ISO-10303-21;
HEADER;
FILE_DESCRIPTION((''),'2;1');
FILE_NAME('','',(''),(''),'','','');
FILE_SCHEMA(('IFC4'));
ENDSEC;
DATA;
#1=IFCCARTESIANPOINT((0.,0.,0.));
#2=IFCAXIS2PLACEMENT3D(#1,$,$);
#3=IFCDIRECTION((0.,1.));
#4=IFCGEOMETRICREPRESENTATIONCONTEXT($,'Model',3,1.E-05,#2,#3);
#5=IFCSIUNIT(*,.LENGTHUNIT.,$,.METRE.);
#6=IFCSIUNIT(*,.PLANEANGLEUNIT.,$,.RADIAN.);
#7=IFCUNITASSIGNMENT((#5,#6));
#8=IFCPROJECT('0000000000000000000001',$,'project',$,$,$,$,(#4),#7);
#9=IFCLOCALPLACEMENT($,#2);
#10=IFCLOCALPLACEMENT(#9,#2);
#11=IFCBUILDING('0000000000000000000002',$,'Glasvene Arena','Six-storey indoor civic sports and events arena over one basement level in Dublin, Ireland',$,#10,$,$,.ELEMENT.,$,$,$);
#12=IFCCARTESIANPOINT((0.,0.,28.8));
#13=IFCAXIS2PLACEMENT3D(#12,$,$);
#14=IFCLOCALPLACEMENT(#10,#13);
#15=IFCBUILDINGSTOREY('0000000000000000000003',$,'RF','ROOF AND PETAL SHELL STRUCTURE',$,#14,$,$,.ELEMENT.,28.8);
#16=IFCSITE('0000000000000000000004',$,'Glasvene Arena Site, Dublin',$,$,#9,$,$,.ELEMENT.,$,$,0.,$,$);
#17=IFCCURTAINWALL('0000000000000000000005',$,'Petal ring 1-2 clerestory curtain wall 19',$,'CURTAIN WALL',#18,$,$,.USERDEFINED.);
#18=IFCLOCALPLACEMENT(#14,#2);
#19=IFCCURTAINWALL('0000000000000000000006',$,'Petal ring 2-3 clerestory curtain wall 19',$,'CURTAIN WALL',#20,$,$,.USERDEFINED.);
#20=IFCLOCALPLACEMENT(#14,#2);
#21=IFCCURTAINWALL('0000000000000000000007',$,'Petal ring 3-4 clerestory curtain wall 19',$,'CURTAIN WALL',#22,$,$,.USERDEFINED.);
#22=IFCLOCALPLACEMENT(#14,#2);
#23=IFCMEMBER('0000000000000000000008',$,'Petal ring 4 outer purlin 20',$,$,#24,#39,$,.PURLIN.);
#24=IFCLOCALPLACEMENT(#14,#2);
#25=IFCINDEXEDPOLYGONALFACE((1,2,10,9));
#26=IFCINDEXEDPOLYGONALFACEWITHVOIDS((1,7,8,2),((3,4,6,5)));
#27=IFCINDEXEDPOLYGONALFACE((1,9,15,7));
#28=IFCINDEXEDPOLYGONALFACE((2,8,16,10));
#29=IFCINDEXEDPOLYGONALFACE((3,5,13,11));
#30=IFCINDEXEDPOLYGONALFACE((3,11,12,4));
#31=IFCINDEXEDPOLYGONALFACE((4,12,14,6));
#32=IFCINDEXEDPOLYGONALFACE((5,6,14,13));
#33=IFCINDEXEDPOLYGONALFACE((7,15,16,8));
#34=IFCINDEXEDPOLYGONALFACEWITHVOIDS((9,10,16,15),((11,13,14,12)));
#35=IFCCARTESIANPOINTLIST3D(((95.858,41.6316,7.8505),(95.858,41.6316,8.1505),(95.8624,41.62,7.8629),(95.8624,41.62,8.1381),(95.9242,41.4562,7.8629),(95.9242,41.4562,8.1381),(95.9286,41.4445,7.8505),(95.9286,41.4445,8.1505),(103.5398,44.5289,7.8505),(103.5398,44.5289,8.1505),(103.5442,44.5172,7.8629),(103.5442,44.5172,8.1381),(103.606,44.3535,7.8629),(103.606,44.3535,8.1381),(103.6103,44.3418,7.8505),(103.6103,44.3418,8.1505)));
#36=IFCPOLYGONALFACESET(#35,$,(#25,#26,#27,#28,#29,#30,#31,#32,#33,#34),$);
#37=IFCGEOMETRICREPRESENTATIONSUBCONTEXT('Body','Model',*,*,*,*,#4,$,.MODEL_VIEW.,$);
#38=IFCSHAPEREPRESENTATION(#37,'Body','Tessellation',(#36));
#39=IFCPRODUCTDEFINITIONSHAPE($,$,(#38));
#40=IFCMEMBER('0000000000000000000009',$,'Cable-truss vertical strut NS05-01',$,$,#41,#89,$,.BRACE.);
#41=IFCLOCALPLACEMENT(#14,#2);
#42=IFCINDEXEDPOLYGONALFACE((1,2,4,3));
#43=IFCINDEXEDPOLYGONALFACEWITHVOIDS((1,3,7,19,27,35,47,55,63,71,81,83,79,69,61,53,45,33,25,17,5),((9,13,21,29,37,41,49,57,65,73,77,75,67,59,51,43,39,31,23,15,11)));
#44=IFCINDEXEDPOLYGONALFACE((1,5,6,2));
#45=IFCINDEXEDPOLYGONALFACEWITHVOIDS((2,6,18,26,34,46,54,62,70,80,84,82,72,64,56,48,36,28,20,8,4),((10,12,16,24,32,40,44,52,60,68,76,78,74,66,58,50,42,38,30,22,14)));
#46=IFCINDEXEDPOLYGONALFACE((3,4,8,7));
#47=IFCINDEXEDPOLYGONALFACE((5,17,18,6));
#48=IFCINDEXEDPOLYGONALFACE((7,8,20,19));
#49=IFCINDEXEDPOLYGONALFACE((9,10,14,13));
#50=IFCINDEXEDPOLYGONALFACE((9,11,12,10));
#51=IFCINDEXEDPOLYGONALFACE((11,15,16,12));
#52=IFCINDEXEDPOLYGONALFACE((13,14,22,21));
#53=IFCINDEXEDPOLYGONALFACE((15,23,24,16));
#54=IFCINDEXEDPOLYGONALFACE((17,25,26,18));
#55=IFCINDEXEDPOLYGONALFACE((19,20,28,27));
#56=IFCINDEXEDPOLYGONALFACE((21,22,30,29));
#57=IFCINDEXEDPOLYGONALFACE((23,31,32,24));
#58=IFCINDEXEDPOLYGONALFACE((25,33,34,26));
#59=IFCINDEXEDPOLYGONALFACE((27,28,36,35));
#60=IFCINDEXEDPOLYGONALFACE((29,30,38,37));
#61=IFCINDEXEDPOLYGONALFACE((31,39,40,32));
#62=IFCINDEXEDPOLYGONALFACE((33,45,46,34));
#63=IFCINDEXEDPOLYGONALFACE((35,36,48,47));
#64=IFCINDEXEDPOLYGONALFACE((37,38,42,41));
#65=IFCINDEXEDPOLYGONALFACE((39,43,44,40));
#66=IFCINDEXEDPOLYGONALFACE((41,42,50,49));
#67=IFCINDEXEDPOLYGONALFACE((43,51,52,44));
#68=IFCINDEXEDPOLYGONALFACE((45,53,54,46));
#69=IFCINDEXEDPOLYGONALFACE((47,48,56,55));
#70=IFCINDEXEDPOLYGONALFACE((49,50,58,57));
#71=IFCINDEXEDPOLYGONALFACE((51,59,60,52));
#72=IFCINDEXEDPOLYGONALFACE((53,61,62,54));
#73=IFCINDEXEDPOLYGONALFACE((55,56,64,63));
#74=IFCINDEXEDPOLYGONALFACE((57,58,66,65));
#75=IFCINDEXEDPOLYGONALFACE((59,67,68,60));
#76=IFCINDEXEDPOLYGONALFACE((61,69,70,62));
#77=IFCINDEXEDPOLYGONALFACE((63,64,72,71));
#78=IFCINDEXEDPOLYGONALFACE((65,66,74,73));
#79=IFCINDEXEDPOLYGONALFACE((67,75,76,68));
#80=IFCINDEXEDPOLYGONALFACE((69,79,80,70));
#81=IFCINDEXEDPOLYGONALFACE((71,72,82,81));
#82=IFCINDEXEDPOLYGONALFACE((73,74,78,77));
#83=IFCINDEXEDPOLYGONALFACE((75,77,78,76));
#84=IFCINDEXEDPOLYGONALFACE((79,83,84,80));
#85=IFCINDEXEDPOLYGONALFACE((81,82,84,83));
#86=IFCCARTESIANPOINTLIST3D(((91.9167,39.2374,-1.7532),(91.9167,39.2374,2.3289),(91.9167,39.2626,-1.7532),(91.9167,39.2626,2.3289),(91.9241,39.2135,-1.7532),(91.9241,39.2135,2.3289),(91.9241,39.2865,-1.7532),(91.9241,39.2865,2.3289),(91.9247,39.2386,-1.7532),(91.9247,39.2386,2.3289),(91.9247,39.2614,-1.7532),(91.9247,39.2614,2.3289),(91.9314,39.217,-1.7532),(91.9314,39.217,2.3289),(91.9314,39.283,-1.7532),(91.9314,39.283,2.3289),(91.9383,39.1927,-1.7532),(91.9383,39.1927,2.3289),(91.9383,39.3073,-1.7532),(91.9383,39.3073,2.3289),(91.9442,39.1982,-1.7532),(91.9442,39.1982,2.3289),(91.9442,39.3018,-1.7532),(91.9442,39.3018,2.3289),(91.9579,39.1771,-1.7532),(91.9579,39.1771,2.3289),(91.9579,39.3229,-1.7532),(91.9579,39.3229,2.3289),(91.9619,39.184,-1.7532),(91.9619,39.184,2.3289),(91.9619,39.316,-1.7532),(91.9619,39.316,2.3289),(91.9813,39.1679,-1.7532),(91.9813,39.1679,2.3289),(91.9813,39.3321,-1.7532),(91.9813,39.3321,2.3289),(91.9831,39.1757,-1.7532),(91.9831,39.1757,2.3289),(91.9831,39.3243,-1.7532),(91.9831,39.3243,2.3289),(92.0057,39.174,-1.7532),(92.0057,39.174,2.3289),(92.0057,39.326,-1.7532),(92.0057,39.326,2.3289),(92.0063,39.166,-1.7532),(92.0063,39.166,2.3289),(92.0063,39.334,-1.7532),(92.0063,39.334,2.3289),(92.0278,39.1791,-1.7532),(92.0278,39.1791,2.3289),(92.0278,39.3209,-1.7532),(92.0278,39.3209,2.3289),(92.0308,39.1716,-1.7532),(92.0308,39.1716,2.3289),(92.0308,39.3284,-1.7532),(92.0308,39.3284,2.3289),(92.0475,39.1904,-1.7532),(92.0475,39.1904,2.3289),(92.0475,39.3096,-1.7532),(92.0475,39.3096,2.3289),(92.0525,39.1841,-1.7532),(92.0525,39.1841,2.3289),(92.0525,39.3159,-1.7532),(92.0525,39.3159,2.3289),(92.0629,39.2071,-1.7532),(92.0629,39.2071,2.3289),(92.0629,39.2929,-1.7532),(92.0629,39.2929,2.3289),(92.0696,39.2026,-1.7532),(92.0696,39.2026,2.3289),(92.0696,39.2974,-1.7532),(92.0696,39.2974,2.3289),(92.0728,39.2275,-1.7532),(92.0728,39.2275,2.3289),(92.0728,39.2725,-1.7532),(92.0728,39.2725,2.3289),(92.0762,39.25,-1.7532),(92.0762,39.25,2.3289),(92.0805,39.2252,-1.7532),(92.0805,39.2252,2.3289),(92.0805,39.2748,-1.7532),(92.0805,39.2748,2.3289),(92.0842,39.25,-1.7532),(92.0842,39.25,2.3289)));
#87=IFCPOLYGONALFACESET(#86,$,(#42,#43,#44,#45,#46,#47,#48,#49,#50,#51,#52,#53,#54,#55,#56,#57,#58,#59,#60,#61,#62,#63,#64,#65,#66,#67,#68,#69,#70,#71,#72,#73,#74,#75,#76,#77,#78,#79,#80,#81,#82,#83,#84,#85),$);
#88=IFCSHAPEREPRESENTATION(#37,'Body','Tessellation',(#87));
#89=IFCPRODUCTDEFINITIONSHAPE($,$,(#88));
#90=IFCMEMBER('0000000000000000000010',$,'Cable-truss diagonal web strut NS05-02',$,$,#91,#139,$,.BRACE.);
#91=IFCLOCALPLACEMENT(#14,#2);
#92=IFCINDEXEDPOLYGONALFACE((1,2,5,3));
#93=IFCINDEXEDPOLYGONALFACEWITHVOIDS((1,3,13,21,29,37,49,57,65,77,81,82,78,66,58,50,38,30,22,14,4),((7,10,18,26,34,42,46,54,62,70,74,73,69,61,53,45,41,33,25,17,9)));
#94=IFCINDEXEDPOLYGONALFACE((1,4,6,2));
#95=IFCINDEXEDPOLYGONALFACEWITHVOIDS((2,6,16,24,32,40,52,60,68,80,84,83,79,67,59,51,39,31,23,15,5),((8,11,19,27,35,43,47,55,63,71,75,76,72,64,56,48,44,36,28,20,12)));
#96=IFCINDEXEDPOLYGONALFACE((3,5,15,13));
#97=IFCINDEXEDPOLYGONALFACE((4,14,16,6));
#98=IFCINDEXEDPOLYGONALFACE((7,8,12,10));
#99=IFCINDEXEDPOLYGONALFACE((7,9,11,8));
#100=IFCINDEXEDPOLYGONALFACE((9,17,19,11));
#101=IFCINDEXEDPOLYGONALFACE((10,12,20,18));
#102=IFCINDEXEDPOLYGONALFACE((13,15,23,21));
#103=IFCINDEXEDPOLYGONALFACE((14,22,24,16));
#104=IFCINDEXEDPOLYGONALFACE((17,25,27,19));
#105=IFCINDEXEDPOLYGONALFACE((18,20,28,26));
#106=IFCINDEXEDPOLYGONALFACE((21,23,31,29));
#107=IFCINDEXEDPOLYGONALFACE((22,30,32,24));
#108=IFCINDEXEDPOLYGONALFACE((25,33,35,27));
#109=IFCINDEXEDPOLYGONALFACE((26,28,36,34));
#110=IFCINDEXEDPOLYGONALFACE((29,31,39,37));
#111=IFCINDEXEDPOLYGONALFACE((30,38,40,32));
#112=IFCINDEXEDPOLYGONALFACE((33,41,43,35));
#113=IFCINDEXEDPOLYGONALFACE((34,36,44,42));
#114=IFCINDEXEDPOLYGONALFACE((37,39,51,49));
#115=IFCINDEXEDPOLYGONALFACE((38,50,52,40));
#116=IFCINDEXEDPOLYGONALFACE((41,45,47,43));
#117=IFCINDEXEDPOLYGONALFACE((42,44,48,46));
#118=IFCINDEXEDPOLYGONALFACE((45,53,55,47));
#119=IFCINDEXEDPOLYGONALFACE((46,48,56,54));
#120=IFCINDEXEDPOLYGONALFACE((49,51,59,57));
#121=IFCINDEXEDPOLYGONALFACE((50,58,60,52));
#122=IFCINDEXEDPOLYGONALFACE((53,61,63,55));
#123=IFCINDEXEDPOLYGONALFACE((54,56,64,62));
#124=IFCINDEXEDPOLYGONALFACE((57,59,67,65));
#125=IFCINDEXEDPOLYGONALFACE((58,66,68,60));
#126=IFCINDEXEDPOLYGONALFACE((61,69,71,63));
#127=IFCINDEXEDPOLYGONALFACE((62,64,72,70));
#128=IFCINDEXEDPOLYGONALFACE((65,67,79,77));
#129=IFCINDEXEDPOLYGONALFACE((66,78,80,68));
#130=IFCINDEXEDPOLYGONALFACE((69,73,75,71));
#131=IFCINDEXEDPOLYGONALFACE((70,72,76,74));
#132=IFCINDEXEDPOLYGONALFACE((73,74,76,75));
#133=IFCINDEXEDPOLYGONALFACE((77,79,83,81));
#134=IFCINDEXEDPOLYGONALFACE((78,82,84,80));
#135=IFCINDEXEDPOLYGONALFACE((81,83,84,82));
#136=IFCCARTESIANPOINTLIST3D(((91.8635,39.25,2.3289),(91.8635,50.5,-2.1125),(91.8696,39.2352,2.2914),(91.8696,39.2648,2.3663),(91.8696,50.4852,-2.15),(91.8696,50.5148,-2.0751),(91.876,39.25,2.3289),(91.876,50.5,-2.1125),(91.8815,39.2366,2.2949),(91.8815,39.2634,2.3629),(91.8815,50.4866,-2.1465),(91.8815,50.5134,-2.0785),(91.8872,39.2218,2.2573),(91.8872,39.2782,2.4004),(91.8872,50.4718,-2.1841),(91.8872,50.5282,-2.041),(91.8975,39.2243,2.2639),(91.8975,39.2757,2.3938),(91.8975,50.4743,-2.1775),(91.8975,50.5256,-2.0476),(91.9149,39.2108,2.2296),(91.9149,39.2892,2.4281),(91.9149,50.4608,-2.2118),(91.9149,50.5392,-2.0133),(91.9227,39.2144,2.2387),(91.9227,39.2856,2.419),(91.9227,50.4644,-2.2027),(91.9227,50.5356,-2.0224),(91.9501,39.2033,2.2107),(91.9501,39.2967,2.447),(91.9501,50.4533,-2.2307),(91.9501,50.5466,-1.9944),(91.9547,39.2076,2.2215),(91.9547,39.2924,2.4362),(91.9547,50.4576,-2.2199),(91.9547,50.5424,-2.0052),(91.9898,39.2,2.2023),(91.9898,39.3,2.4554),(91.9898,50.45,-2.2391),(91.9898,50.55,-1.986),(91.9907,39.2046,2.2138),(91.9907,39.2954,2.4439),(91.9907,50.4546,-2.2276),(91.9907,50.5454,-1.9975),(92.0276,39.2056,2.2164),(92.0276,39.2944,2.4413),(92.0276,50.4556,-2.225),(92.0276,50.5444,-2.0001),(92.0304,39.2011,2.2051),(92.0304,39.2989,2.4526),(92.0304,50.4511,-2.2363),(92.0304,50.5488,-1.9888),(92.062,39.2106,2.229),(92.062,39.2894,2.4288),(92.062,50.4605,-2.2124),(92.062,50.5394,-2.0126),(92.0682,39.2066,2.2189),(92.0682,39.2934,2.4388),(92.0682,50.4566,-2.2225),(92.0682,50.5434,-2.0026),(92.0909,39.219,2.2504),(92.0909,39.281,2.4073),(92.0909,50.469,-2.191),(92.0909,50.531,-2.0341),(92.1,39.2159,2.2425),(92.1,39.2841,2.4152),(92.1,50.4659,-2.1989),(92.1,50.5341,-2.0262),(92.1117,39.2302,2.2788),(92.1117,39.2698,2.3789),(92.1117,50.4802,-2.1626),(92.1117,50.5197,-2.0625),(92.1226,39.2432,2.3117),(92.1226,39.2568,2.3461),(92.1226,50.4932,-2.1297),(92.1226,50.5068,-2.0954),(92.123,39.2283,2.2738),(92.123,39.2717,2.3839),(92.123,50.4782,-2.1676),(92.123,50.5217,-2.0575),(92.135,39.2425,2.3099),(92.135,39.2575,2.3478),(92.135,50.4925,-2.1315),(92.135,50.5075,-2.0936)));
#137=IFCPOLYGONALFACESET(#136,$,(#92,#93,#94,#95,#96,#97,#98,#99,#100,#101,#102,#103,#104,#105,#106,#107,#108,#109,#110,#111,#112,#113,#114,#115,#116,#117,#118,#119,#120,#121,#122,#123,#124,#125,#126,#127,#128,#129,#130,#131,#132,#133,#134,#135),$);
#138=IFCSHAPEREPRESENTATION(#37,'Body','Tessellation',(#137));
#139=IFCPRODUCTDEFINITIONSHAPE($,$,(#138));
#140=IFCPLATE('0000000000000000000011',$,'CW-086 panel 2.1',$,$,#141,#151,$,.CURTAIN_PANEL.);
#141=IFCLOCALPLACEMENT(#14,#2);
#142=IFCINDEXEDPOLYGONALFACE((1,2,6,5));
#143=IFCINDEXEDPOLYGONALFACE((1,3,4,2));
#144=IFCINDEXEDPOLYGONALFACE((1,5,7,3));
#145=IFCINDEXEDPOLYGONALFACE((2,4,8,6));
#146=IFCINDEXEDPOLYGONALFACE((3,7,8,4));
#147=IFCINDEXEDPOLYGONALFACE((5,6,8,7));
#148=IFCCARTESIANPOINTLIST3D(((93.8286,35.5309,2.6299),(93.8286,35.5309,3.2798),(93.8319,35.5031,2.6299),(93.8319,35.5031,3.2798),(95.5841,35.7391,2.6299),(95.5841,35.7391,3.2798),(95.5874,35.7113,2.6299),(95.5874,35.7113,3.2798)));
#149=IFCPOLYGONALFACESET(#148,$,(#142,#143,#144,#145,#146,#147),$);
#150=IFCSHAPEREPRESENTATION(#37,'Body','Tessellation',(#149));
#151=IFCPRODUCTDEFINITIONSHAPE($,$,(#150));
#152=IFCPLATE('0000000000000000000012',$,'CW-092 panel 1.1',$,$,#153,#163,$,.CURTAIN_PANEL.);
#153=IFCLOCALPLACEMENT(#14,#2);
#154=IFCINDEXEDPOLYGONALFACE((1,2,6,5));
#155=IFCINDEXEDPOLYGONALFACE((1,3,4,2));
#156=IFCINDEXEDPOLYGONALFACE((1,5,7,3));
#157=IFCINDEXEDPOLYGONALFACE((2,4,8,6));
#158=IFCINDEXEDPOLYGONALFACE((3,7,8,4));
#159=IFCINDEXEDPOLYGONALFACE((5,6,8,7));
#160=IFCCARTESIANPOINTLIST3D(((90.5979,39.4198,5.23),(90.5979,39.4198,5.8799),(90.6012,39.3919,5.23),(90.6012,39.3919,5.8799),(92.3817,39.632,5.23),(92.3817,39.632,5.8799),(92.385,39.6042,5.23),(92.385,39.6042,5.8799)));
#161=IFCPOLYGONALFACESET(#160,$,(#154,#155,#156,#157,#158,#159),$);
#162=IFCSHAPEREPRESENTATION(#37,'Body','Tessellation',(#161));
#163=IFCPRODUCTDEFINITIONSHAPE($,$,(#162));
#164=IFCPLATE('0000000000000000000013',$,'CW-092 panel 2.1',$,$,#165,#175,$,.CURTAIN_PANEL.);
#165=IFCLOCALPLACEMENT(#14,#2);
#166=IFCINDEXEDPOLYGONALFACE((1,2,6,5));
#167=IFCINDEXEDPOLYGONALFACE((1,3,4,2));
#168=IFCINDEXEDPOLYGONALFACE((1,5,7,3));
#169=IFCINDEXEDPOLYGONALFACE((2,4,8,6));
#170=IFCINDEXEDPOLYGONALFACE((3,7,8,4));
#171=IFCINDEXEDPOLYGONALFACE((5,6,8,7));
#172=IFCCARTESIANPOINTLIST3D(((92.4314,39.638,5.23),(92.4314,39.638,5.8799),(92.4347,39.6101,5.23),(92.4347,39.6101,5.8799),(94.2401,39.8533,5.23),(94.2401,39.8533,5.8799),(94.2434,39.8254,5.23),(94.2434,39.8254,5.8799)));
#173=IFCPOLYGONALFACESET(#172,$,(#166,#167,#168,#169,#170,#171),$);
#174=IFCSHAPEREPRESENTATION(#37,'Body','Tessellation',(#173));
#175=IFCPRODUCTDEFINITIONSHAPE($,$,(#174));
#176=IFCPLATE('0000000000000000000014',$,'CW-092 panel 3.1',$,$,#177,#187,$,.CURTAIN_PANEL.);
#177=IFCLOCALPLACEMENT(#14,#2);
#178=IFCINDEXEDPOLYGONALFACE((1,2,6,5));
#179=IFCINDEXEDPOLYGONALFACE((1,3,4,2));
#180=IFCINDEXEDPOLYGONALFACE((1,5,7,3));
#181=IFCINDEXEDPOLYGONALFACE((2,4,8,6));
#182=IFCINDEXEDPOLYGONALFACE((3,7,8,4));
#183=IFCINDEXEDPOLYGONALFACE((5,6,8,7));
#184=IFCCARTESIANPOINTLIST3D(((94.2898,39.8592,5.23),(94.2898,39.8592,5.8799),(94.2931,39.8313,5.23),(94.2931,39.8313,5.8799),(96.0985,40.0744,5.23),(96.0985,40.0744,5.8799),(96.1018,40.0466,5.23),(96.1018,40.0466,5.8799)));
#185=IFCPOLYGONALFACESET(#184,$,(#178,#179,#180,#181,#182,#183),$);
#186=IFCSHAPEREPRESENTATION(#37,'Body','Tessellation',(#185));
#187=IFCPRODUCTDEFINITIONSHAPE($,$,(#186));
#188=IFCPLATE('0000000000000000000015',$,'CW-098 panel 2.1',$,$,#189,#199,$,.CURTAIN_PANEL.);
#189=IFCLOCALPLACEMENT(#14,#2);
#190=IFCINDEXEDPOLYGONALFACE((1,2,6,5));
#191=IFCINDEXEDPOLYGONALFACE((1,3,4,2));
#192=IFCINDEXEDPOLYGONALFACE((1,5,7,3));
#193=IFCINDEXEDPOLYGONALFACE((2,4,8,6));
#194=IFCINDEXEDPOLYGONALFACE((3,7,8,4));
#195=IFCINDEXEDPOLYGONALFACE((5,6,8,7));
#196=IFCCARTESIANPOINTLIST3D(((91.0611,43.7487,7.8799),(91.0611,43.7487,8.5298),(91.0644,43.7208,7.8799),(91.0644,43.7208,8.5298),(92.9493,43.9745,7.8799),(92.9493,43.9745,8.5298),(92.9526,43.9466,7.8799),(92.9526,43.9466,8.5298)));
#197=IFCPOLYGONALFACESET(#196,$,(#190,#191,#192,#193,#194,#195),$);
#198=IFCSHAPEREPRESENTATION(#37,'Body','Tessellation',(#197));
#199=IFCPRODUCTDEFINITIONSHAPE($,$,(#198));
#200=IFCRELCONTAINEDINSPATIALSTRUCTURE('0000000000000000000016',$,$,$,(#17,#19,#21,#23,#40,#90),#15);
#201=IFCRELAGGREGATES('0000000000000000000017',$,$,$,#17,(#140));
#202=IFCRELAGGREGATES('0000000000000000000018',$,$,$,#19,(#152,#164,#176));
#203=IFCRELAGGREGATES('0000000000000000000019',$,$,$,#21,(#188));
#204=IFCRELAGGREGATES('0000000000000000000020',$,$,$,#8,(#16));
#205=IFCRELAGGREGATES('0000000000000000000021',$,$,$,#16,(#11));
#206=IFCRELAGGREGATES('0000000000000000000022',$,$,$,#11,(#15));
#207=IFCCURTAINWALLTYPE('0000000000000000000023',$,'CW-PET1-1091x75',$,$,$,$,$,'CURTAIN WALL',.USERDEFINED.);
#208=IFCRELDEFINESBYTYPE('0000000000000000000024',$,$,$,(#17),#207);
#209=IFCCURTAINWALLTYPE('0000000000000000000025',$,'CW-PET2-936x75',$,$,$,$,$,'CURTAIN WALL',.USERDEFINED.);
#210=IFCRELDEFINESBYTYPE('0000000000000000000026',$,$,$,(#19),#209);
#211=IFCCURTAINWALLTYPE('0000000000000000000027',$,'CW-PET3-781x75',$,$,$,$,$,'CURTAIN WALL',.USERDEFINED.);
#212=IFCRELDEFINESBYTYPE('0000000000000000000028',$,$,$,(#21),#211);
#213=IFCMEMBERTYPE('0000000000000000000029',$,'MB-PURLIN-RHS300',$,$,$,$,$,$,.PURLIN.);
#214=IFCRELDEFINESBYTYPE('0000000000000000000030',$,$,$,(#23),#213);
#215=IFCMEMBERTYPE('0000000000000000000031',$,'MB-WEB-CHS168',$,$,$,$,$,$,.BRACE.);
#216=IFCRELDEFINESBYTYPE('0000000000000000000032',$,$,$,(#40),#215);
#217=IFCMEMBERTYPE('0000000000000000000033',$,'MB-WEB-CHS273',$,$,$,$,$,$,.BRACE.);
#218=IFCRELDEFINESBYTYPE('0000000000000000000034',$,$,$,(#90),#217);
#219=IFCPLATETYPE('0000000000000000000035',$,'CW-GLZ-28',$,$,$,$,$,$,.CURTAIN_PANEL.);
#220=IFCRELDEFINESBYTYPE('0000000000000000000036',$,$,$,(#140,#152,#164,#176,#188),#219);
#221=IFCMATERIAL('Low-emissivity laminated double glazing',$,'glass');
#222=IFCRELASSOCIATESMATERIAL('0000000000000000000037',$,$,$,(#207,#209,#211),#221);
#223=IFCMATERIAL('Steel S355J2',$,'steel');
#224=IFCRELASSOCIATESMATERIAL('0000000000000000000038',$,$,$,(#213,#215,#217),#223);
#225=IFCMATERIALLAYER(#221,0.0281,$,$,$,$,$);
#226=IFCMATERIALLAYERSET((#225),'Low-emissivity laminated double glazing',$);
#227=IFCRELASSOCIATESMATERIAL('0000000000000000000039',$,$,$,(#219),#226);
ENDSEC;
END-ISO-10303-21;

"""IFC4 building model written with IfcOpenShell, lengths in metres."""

from ifc_helpers import new_model, si_unit, direction, frame, origin, origin_2d, place, context, subcontext, project, spatial, rectangle, hollow_rectangle, hollow_circle, extrude, material, layer, layer_set, material_profile, profile_set, type_object, element, aggregate, save


model = new_model("IFC4")

# Units and contexts
model_context = context("Model", 3, precision=1e-05, world=origin(), true_north=direction((0.0, 1.0)))
body_context = subcontext(model_context, "Body", "Model", "MODEL_VIEW")
ifc_project = project(units=[si_unit("LENGTHUNIT", "METRE"), si_unit("PLANEANGLEUNIT", "RADIAN")], contexts=[model_context])

# Site, building, storey
site_placement = place(None, origin())
site = spatial("IfcSite", under=ifc_project, at=site_placement, Name="Glasvene Arena Site, Dublin", CompositionType="ELEMENT", RefElevation=0.0)
building_placement = place(site_placement, origin())
building = spatial("IfcBuilding", under=site, at=building_placement, Name="Glasvene Arena", Description="Six-storey indoor civic sports and events arena over one basement level in Dublin, Ireland", CompositionType="ELEMENT")
storey_placement = place(building_placement, frame((0.0, 0.0, 28.8)))
storey = spatial("IfcBuildingStorey", under=building, at=storey_placement, Name="RF", Description="ROOF AND PETAL SHELL STRUCTURE", CompositionType="ELEMENT", Elevation=28.8)

# Curtain walls
ifc_material_1 = material(Name="Low-emissivity laminated double glazing", Category="glass")
curtain_wall_type_1 = type_object("IfcCurtainWallType", Name="CW-PET1-1091x75", ElementType="CURTAIN WALL", PredefinedType="USERDEFINED", material=ifc_material_1)
curtain_wall_1_placement = place(storey_placement, frame((92.0, 35.3, 0.0)))
curtain_wall_1 = element("IfcCurtainWall", 1, at=curtain_wall_1_placement, inside=storey, type_object=curtain_wall_type_1, Name="Petal ring 1-2 clerestory curtain wall 19", ObjectType="CURTAIN WALL", PredefinedType="USERDEFINED")
curtain_wall_type_2 = type_object("IfcCurtainWallType", Name="CW-PET2-936x75", ElementType="CURTAIN WALL", PredefinedType="USERDEFINED", material=ifc_material_1)
curtain_wall_2_placement = place(storey_placement, frame((90.55, 39.3999, 0.0)))
curtain_wall_2 = element("IfcCurtainWall", 2, at=curtain_wall_2_placement, inside=storey, type_object=curtain_wall_type_2, Name="Petal ring 2-3 clerestory curtain wall 19", ObjectType="CURTAIN WALL", PredefinedType="USERDEFINED")

# Curtain wall
curtain_wall_type_3 = type_object("IfcCurtainWallType", Name="CW-PET3-781x75", ElementType="CURTAIN WALL", PredefinedType="USERDEFINED", material=ifc_material_1)
curtain_wall_3_placement = place(storey_placement, frame((89.1001, 43.5, 0.0)))
curtain_wall_3 = element("IfcCurtainWall", 3, at=curtain_wall_3_placement, inside=storey, type_object=curtain_wall_type_3, Name="Petal ring 3-4 clerestory curtain wall 19", ObjectType="CURTAIN WALL", PredefinedType="USERDEFINED")

# Members
ifc_material_2 = material(Name="Steel S355J2", Category="steel")
ifc_material_profile_1 = material_profile(ifc_material_2, hollow_rectangle(XDim=0.2, YDim=0.3, WallThickness=0.0125, at=origin_2d()), Name="RHS 300x200x12.5")
ifc_profile_set_1 = profile_set([ifc_material_profile_1], Name="Steel S355J2")
member_type_1 = type_object("IfcMemberType", Name="MB-PURLIN-RHS300", PredefinedType="PURLIN", material=ifc_profile_set_1)
member_1_placement = place(storey_placement, frame((95.8933, 41.5381, 8.0005), z_axis=(0.935663, 0.352896, 0.0), x_axis=(-0.352896, 0.935663, 0.0)))
element("IfcMember", 4, at=member_1_placement, inside=storey, type_object=member_type_1, Name="Petal ring 4 outer purlin 20", PredefinedType="PURLIN", context=body_context, shape_type="SweptSolid", body=[
    extrude(hollow_rectangle(XDim=0.2, YDim=0.3, WallThickness=0.0125, at=origin_2d()), origin(), (0.0, 0.0, 1.0), 8.21),
])
ifc_material_profile_2 = material_profile(ifc_material_2, hollow_circle(Radius=0.0842, WallThickness=0.0081, at=origin_2d()), Name="CHS 168.3x8.0")
ifc_profile_set_2 = profile_set([ifc_material_profile_2], Name="Steel S355J2")
member_type_2 = type_object("IfcMemberType", Name="MB-WEB-CHS168", PredefinedType="BRACE", material=ifc_profile_set_2)
member_2_placement = place(storey_placement, frame((92.0, 39.25, -1.7532), z_axis=(0.0, 0.0, 1.0), x_axis=(1.0, 0.0, 0.0)))
element("IfcMember", 5, at=member_2_placement, inside=storey, type_object=member_type_2, Name="Cable-truss vertical strut NS05-01", PredefinedType="BRACE", context=body_context, shape_type="SweptSolid", body=[
    extrude(hollow_circle(Radius=0.0842, WallThickness=0.0081, at=origin_2d()), origin(), (0.0, 0.0, 1.0), 4.082),
])
ifc_material_profile_3 = material_profile(ifc_material_2, hollow_circle(Radius=0.1365, WallThickness=0.0125, at=origin_2d()), Name="CHS 273.0x12.5")
ifc_profile_set_3 = profile_set([ifc_material_profile_3], Name="Steel S355J2")
member_type_3 = type_object("IfcMemberType", Name="MB-WEB-CHS273", PredefinedType="BRACE", material=ifc_profile_set_3)
member_3_placement = place(storey_placement, frame((92.0, 39.25, 2.3289), z_axis=(0.0, 0.930138, -0.367211), x_axis=(-1.0, 0.0, 0.0)))
element("IfcMember", 6, at=member_3_placement, inside=storey, type_object=member_type_3, Name="Cable-truss diagonal web strut NS05-02", PredefinedType="BRACE", context=body_context, shape_type="SweptSolid", body=[
    extrude(hollow_circle(Radius=0.1365, WallThickness=0.0125, at=origin_2d()), origin(), (0.0, 0.0, 1.0), 12.095),
])

# Plates
ifc_layer = layer(ifc_material_1, 0.0281)
ifc_layer_set = layer_set([ifc_layer], Name="Low-emissivity laminated double glazing")
plate_type = type_object("IfcPlateType", Name="CW-GLZ-28", PredefinedType="CURTAIN_PANEL", material=ifc_layer_set)
plate_1_placement = place(storey_placement, frame((94.708, 35.6211, 2.6299), z_axis=(0.0, 0.0, 1.0), x_axis=(0.993041, 0.117772, 0.0)))
plate_1 = element("IfcPlate", 7, at=plate_1_placement, type_object=plate_type, Name="CW-086 panel 2.1", PredefinedType="CURTAIN_PANEL", context=body_context, shape_type="SweptSolid", body=[
    extrude(rectangle(XDim=1.7678, YDim=0.0281, at=origin_2d()), origin(), (0.0, 0.0, 1.0), 0.6499),
])
aggregate(curtain_wall_1, [plate_1])
plate_2_placement = place(storey_placement, frame((91.4915, 39.512, 5.23), z_axis=(0.0, 0.0, 1.0), x_axis=(0.992994, 0.118166, 0.0)))
plate_2 = element("IfcPlate", 8, at=plate_2_placement, type_object=plate_type, Name="CW-092 panel 1.1", PredefinedType="CURTAIN_PANEL", context=body_context, shape_type="SweptSolid", body=[
    extrude(rectangle(XDim=1.7964, YDim=0.0281, at=origin_2d()), origin(), (0.0, 0.0, 1.0), 0.6499),
])
plate_3_placement = place(storey_placement, frame((93.3374, 39.7317, 5.23), z_axis=(0.0, 0.0, 1.0), x_axis=(0.992994, 0.118166, 0.0)))
plate_3 = element("IfcPlate", 9, at=plate_3_placement, type_object=plate_type, Name="CW-092 panel 2.1", PredefinedType="CURTAIN_PANEL", context=body_context, shape_type="SweptSolid", body=[
    extrude(rectangle(XDim=1.8215, YDim=0.0281, at=origin_2d()), origin(), (0.0, 0.0, 1.0), 0.6499),
])
plate_4_placement = place(storey_placement, frame((95.1958, 39.9529, 5.23), z_axis=(0.0, 0.0, 1.0), x_axis=(0.992994, 0.118166, 0.0)))
plate_4 = element("IfcPlate", 10, at=plate_4_placement, type_object=plate_type, Name="CW-092 panel 3.1", PredefinedType="CURTAIN_PANEL", context=body_context, shape_type="SweptSolid", body=[
    extrude(rectangle(XDim=1.8215, YDim=0.0281, at=origin_2d()), origin(), (0.0, 0.0, 1.0), 0.6499),
])
aggregate(curtain_wall_2, [plate_2, plate_3, plate_4])
plate_5_placement = place(storey_placement, frame((92.0068, 43.8477, 7.8799), z_axis=(0.0, 0.0, 1.0), x_axis=(0.992928, 0.118717, 0.0)))
plate_5 = element("IfcPlate", 11, at=plate_5_placement, type_object=plate_type, Name="CW-098 panel 2.1", PredefinedType="CURTAIN_PANEL", context=body_context, shape_type="SweptSolid", body=[
    extrude(rectangle(XDim=1.9016, YDim=0.0281, at=origin_2d()), origin(), (0.0, 0.0, 1.0), 0.6499),
])
aggregate(curtain_wall_3, [plate_5])

save(model, "model.ifc")
